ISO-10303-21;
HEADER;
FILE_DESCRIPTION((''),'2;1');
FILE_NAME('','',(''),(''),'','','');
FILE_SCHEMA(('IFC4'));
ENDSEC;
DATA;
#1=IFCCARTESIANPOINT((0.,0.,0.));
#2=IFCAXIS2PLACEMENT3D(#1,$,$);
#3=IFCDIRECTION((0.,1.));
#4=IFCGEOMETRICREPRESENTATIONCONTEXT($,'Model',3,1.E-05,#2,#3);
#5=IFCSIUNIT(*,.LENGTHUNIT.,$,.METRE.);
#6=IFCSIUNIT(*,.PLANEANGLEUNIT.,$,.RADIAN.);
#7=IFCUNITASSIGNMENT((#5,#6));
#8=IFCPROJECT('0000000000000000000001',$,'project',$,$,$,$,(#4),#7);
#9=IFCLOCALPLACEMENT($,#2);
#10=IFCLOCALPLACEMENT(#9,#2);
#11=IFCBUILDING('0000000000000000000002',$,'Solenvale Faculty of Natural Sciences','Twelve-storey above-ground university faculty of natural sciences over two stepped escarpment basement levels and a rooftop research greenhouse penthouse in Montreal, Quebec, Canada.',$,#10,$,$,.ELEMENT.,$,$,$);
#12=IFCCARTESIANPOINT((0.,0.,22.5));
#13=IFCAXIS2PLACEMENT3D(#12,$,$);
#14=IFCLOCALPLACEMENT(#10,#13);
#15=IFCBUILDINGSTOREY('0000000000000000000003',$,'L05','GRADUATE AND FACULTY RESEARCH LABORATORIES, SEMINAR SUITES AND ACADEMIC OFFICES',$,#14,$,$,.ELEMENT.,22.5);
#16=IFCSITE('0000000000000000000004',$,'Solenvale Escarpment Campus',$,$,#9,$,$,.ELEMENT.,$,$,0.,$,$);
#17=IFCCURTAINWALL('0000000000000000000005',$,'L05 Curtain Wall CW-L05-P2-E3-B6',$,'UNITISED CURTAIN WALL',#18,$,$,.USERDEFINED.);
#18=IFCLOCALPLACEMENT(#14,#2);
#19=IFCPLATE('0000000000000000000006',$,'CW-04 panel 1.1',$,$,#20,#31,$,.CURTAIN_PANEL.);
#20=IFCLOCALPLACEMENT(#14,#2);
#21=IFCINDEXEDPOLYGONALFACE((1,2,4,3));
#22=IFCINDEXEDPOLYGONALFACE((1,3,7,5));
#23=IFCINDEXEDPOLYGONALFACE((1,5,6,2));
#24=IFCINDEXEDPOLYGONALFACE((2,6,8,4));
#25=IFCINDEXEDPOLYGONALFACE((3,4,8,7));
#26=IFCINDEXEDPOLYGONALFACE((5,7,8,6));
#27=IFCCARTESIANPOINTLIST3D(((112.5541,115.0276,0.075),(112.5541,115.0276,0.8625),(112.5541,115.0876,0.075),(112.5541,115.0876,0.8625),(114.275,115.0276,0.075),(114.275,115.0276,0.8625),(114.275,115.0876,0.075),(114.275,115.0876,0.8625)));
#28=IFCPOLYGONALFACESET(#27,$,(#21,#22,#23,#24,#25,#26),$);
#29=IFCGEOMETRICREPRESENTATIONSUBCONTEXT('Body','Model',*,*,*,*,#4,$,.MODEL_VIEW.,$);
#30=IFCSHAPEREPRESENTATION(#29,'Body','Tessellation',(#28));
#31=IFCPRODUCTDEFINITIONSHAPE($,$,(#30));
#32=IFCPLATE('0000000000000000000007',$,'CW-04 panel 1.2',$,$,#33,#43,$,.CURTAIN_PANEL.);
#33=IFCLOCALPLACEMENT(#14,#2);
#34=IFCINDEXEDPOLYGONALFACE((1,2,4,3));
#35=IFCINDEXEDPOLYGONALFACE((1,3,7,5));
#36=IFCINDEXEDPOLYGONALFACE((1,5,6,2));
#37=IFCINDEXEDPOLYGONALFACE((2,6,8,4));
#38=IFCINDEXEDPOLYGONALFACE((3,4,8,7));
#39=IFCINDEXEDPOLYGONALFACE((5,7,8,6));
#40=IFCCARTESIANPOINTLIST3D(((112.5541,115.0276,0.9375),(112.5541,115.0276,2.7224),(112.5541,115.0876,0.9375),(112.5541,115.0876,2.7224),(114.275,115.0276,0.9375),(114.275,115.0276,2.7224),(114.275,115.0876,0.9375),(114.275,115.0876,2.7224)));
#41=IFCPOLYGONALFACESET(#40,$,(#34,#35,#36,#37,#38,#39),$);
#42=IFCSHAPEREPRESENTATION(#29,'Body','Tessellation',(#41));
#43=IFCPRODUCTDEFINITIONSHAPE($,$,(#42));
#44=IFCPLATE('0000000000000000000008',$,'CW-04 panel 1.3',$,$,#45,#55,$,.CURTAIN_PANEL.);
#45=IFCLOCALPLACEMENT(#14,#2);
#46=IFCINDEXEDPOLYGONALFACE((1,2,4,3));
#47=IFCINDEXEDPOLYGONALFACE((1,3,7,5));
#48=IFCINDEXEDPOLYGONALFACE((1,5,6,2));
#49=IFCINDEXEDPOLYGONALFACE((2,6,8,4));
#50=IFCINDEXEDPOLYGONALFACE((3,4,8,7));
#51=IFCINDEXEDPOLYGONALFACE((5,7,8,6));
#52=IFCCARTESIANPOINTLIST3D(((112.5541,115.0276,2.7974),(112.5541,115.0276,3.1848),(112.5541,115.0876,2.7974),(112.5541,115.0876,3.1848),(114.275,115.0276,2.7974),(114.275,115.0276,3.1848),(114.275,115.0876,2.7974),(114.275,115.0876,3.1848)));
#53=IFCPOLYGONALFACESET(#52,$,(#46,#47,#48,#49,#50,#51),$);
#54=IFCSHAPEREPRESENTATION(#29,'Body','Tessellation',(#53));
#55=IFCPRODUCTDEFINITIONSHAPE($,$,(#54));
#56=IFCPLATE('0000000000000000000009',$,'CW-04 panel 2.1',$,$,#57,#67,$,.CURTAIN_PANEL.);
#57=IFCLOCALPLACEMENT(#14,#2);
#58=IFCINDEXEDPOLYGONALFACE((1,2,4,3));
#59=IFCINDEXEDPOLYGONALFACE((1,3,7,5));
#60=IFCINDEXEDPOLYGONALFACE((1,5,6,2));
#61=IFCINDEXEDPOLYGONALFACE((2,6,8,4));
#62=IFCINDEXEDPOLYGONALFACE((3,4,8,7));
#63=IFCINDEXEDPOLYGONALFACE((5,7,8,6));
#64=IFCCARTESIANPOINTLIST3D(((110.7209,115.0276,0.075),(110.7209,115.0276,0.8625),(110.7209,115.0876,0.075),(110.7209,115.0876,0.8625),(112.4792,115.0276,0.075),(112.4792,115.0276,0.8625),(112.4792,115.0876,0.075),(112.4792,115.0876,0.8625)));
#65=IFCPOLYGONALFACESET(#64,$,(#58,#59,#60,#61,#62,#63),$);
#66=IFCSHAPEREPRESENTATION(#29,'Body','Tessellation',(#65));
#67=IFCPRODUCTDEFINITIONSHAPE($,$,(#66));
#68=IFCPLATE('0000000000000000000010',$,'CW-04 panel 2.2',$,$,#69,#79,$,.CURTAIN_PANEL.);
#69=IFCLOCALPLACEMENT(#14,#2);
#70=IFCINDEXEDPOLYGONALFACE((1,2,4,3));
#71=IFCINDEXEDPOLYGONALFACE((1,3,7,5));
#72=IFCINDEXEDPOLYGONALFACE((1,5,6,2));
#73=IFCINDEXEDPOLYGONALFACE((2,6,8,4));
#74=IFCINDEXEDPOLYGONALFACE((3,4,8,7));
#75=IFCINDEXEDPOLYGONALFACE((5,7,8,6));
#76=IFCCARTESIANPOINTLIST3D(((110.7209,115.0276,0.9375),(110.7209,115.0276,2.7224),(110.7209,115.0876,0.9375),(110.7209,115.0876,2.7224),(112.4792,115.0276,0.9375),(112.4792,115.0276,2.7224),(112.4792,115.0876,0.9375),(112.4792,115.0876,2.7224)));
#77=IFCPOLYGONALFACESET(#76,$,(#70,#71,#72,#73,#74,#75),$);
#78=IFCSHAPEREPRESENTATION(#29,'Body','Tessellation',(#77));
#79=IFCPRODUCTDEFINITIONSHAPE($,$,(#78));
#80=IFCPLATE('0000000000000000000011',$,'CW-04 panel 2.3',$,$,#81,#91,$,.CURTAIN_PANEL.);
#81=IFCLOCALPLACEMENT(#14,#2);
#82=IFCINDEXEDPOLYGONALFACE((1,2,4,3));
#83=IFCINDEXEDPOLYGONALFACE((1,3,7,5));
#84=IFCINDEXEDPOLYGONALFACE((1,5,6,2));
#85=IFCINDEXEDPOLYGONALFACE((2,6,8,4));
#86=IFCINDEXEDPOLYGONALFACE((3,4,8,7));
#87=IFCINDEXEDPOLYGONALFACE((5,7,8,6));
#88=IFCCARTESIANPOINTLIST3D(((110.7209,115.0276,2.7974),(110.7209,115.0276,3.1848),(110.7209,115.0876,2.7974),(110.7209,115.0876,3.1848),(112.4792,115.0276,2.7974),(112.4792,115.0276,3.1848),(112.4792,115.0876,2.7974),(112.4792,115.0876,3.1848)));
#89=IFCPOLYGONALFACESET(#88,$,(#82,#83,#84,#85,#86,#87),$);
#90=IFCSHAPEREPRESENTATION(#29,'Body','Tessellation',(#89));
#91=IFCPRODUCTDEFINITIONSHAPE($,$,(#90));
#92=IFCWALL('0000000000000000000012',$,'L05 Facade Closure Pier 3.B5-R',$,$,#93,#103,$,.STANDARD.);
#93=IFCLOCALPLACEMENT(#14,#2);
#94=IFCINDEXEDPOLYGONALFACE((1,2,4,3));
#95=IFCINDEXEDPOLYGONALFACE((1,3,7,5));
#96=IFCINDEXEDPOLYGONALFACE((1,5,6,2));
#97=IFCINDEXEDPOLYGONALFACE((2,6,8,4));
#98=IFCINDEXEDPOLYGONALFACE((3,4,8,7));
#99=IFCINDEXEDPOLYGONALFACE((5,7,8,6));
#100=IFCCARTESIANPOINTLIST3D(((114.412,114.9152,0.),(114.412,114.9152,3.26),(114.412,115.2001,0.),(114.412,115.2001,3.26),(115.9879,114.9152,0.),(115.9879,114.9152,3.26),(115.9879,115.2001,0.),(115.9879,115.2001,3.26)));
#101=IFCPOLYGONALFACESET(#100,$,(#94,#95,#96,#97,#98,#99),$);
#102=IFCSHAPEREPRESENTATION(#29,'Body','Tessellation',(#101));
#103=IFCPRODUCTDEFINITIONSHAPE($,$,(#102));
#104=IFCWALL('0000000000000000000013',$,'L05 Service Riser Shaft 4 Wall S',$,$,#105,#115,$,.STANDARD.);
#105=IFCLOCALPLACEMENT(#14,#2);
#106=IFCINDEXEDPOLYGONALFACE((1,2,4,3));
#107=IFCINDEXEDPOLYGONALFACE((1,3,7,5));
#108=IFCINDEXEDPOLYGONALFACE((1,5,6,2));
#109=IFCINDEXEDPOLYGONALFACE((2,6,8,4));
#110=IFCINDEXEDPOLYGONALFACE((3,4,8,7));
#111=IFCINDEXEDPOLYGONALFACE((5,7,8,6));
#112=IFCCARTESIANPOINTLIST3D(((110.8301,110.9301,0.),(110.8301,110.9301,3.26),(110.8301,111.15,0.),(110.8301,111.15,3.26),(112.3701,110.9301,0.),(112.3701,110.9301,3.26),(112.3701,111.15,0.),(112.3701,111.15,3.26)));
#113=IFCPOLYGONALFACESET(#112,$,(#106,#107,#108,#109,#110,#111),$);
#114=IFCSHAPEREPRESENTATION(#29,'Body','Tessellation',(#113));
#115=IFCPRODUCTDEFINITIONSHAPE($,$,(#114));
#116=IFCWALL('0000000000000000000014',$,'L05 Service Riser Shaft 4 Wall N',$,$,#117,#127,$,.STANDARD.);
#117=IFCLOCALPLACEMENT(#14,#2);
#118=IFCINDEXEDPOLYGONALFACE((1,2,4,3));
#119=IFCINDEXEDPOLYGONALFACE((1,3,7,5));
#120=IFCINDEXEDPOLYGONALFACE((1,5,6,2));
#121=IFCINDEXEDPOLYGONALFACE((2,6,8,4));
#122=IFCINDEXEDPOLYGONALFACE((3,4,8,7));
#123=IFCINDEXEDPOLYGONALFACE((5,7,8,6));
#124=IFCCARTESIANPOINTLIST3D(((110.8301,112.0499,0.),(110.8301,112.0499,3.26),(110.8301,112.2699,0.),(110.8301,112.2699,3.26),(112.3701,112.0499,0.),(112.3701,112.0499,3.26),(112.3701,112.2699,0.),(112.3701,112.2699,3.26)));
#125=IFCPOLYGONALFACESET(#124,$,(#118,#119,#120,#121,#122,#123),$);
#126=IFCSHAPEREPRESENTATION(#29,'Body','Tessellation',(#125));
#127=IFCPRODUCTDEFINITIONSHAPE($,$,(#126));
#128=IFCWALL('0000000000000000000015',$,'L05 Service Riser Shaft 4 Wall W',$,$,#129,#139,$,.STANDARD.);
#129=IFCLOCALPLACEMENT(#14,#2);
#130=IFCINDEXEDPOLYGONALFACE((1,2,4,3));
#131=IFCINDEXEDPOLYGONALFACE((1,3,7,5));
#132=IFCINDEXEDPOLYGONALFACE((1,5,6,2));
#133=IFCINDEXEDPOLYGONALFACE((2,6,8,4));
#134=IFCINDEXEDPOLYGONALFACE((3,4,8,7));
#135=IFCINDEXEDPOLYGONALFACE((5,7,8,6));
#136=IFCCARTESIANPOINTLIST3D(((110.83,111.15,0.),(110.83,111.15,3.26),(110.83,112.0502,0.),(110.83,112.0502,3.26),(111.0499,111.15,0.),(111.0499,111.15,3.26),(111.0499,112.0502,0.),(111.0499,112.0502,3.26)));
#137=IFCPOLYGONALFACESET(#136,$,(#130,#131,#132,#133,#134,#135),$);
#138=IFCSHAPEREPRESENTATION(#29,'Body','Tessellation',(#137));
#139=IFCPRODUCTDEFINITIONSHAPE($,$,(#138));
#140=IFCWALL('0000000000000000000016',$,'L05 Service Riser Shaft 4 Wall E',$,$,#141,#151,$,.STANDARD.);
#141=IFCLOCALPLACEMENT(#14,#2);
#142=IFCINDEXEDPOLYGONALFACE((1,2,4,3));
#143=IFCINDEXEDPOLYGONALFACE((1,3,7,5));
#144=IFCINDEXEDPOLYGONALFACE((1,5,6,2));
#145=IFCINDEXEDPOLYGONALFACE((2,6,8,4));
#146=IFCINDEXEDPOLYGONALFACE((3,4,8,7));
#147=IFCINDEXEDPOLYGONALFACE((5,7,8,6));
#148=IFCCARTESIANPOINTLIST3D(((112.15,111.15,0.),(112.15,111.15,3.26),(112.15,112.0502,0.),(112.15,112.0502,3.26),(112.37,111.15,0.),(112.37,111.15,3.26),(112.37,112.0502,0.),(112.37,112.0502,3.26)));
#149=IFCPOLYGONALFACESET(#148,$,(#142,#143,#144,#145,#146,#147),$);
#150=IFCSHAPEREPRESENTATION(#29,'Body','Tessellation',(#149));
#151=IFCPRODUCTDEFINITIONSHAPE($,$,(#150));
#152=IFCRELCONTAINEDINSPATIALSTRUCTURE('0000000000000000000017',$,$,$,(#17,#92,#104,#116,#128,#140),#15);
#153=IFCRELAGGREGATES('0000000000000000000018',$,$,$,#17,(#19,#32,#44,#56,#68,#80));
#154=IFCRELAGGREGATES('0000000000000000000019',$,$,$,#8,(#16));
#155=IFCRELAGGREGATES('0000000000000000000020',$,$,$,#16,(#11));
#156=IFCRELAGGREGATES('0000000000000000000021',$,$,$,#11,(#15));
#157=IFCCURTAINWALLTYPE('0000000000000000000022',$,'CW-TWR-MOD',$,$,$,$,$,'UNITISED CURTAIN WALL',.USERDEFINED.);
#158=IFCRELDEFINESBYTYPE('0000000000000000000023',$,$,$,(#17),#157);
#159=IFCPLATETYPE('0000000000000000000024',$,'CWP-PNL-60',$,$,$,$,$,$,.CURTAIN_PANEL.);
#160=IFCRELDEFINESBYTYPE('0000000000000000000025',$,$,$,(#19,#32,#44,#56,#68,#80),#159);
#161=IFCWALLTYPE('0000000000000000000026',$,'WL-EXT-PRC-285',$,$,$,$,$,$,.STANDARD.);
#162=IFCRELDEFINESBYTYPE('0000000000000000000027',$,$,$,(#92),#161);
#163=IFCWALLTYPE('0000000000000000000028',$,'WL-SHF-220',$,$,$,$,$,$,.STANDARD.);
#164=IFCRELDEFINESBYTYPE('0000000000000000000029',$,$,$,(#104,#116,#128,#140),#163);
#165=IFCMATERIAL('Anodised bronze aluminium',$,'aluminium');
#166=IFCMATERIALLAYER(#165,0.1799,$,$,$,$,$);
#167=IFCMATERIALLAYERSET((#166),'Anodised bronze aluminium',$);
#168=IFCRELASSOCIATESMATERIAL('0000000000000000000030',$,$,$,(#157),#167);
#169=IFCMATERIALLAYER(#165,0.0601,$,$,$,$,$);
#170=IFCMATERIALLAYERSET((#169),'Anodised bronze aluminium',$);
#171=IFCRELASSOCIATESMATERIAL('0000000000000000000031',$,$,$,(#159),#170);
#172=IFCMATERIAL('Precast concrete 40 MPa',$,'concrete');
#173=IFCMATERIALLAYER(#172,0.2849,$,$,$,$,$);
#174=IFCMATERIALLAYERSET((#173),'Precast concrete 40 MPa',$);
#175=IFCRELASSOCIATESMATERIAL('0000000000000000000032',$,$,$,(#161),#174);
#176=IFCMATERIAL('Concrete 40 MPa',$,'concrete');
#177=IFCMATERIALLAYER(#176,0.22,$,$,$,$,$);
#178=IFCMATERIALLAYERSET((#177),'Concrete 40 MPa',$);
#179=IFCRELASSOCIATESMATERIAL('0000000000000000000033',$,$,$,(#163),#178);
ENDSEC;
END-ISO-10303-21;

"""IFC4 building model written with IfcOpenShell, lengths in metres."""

from ifc_helpers import new_model, si_unit, direction, frame, frame_2d, origin, origin_2d, place, context, subcontext, project, spatial, rectangle, extrude, material, layer, layer_set, type_object, element, aggregate, save


model = new_model("IFC4")

# Units and contexts
model_context = context("Model", 3, precision=1e-05, world=origin(), true_north=direction((0.0, 1.0)))
body_context = subcontext(model_context, "Body", "Model", "MODEL_VIEW")
ifc_project = project(units=[si_unit("LENGTHUNIT", "METRE"), si_unit("PLANEANGLEUNIT", "RADIAN")], contexts=[model_context])

# Site, building, storey
site_placement = place(None, origin())
site = spatial("IfcSite", under=ifc_project, at=site_placement, Name="Solenvale Escarpment Campus", CompositionType="ELEMENT", RefElevation=0.0)
building_placement = place(site_placement, origin())
building = spatial("IfcBuilding", under=site, at=building_placement, Name="Solenvale Faculty of Natural Sciences", Description="Twelve-storey above-ground university faculty of natural sciences over two stepped escarpment basement levels and a rooftop research greenhouse penthouse in Montreal, Quebec, Canada.", CompositionType="ELEMENT")
storey_placement = place(building_placement, frame((0.0, 0.0, 22.5)))
storey = spatial("IfcBuildingStorey", under=building, at=storey_placement, Name="L05", Description="GRADUATE AND FACULTY RESEARCH LABORATORIES, SEMINAR SUITES AND ACADEMIC OFFICES", CompositionType="ELEMENT", Elevation=22.5)

# Shared definitions
ifc_material_1 = material(Name="Concrete 40 MPa", Category="concrete")

# Shared definitions
ifc_material_2 = material(Name="Precast concrete 40 MPa", Category="concrete")

# Shared definitions
ifc_material_3 = material(Name="Anodised bronze aluminium", Category="aluminium")
ifc_layer_1 = layer(ifc_material_3, 0.1799)
ifc_layer_set_1 = layer_set([ifc_layer_1], Name="Anodised bronze aluminium")
curtain_wall_type = type_object("IfcCurtainWallType", Name="CW-TWR-MOD", ElementType="UNITISED CURTAIN WALL", PredefinedType="USERDEFINED", material=ifc_layer_set_1)

# Curtain wall
curtain_wall_1_placement = place(storey_placement, origin())
curtain_wall_1 = element("IfcCurtainWall", 1, at=curtain_wall_1_placement, inside=storey, type_object=curtain_wall_type, Name="L05 Curtain Wall CW-L05-P2-E3-B6", ObjectType="UNITISED CURTAIN WALL", PredefinedType="USERDEFINED")

# Plates
ifc_layer_2 = layer(ifc_material_3, 0.0601)
ifc_layer_set_2 = layer_set([ifc_layer_2], Name="Anodised bronze aluminium")
plate_type_1 = type_object("IfcPlateType", Name="CWP-PNL-60", PredefinedType="CURTAIN_PANEL", material=ifc_layer_set_2)
plate_1_placement = place(storey_placement, frame((113.4146, 115.0576, 0.075), z_axis=(0.0, 0.0, 1.0), x_axis=(-1.0, 0.0, 0.0)))
plate_1 = element("IfcPlate", 2, at=plate_1_placement, type_object=plate_type_1, Name="CW-04 panel 1.1", PredefinedType="CURTAIN_PANEL", context=body_context, shape_type="SweptSolid", body=[
    extrude(rectangle(XDim=1.7209, YDim=0.0601, at=origin_2d()), origin(), (0.0, 0.0, 1.0), 0.7876),
])
plate_2_placement = place(storey_placement, frame((113.4146, 115.0576, 0.9375), z_axis=(0.0, 0.0, 1.0), x_axis=(-1.0, 0.0, 0.0)))
plate_2 = element("IfcPlate", 3, at=plate_2_placement, type_object=plate_type_1, Name="CW-04 panel 1.2", PredefinedType="CURTAIN_PANEL", context=body_context, shape_type="SweptSolid", body=[
    extrude(rectangle(XDim=1.7209, YDim=0.0601, at=origin_2d()), origin(), (0.0, 0.0, 1.0), 1.7849),
])
plate_3_placement = place(storey_placement, frame((113.4146, 115.0576, 2.7974), z_axis=(0.0, 0.0, 1.0), x_axis=(-1.0, 0.0, 0.0)))
plate_3 = element("IfcPlate", 4, at=plate_3_placement, type_object=plate_type_1, Name="CW-04 panel 1.3", PredefinedType="CURTAIN_PANEL", context=body_context, shape_type="SweptSolid", body=[
    extrude(rectangle(XDim=1.7209, YDim=0.0601, at=origin_2d()), origin(), (0.0, 0.0, 1.0), 0.3875),
])
plate_4_placement = place(storey_placement, frame((111.6001, 115.0576, 0.075), z_axis=(0.0, 0.0, 1.0), x_axis=(-1.0, 0.0, 0.0)))
plate_4 = element("IfcPlate", 5, at=plate_4_placement, type_object=plate_type_1, Name="CW-04 panel 2.1", PredefinedType="CURTAIN_PANEL", context=body_context, shape_type="SweptSolid", body=[
    extrude(rectangle(XDim=1.7583, YDim=0.0601, at=origin_2d()), origin(), (0.0, 0.0, 1.0), 0.7876),
])
plate_5_placement = place(storey_placement, frame((111.6001, 115.0576, 0.9375), z_axis=(0.0, 0.0, 1.0), x_axis=(-1.0, 0.0, 0.0)))
plate_5 = element("IfcPlate", 6, at=plate_5_placement, type_object=plate_type_1, Name="CW-04 panel 2.2", PredefinedType="CURTAIN_PANEL", context=body_context, shape_type="SweptSolid", body=[
    extrude(rectangle(XDim=1.7583, YDim=0.0601, at=origin_2d()), origin(), (0.0, 0.0, 1.0), 1.7849),
])
plate_6_placement = place(storey_placement, frame((111.6001, 115.0576, 2.7974), z_axis=(0.0, 0.0, 1.0), x_axis=(-1.0, 0.0, 0.0)))
plate_6 = element("IfcPlate", 7, at=plate_6_placement, type_object=plate_type_1, Name="CW-04 panel 2.3", PredefinedType="CURTAIN_PANEL", context=body_context, shape_type="SweptSolid", body=[
    extrude(rectangle(XDim=1.7583, YDim=0.0601, at=origin_2d()), origin(), (0.0, 0.0, 1.0), 0.3875),
])
aggregate(curtain_wall_1, [plate_1, plate_2, plate_3, plate_4, plate_5, plate_6])

# Walls
ifc_layer_3 = layer(ifc_material_2, 0.2849)
ifc_layer_set_3 = layer_set([ifc_layer_3], Name="Precast concrete 40 MPa")
wall_type_1 = type_object("IfcWallType", Name="WL-EXT-PRC-285", PredefinedType="STANDARD", material=ifc_layer_set_3)
wall_placement = place(storey_placement, frame((115.988, 115.0576, 0.0), z_axis=(0.0, 0.0, 1.0), x_axis=(-1.0, 0.0, 0.0)))
element("IfcWall", 8, at=wall_placement, inside=storey, type_object=wall_type_1, Name="L05 Facade Closure Pier 3.B5-R", PredefinedType="STANDARD", context=body_context, shape_type="SweptSolid", body=[
    extrude(rectangle(XDim=1.5759, YDim=0.2849, at=frame_2d((0.7881, 0.0))), origin(), (0.0, 0.0, 1.0), 3.26),
])
ifc_layer_4 = layer(ifc_material_1, 0.22)
ifc_layer_set_4 = layer_set([ifc_layer_4], Name="Concrete 40 MPa")
wall_type_2 = type_object("IfcWallType", Name="WL-SHF-220", PredefinedType="STANDARD", material=ifc_layer_set_4)
for number, where, z_axis, x_axis, name in (
    (9, (110.8301, 111.04, 0.0), (0.0, 0.0, 1.0), (1.0, 0.0, 0.0), "L05 Service Riser Shaft 4 Wall S"),
    (10, (110.8301, 112.1599, 0.0), (0.0, 0.0, 1.0), (1.0, 0.0, 0.0), "L05 Service Riser Shaft 4 Wall N"),
):
    element("IfcWall", number, at=place(storey_placement, frame(where, z_axis=z_axis, x_axis=x_axis)), inside=storey, type_object=wall_type_2, Name=name, PredefinedType="STANDARD", context=body_context, shape_type="SweptSolid", body=[
        extrude(rectangle(XDim=1.54, YDim=0.22, at=frame_2d((0.77, 0.0))), origin(), (0.0, 0.0, 1.0), 3.26),
    ])
for number, where, z_axis, x_axis, name in (
    (11, (110.9399, 111.1499, 0.0), (0.0, 0.0, 1.0), (0.0, 1.0, 0.0), "L05 Service Riser Shaft 4 Wall W"),
    (12, (112.26, 111.1499, 0.0), (0.0, 0.0, 1.0), (0.0, 1.0, 0.0), "L05 Service Riser Shaft 4 Wall E"),
):
    element("IfcWall", number, at=place(storey_placement, frame(where, z_axis=z_axis, x_axis=x_axis)), inside=storey, type_object=wall_type_2, Name=name, PredefinedType="STANDARD", context=body_context, shape_type="SweptSolid", body=[
        extrude(rectangle(XDim=0.9001, YDim=0.22, at=frame_2d((0.4502, 0.0))), origin(), (0.0, 0.0, 1.0), 3.26),
    ])

save(model, "model.ifc")
